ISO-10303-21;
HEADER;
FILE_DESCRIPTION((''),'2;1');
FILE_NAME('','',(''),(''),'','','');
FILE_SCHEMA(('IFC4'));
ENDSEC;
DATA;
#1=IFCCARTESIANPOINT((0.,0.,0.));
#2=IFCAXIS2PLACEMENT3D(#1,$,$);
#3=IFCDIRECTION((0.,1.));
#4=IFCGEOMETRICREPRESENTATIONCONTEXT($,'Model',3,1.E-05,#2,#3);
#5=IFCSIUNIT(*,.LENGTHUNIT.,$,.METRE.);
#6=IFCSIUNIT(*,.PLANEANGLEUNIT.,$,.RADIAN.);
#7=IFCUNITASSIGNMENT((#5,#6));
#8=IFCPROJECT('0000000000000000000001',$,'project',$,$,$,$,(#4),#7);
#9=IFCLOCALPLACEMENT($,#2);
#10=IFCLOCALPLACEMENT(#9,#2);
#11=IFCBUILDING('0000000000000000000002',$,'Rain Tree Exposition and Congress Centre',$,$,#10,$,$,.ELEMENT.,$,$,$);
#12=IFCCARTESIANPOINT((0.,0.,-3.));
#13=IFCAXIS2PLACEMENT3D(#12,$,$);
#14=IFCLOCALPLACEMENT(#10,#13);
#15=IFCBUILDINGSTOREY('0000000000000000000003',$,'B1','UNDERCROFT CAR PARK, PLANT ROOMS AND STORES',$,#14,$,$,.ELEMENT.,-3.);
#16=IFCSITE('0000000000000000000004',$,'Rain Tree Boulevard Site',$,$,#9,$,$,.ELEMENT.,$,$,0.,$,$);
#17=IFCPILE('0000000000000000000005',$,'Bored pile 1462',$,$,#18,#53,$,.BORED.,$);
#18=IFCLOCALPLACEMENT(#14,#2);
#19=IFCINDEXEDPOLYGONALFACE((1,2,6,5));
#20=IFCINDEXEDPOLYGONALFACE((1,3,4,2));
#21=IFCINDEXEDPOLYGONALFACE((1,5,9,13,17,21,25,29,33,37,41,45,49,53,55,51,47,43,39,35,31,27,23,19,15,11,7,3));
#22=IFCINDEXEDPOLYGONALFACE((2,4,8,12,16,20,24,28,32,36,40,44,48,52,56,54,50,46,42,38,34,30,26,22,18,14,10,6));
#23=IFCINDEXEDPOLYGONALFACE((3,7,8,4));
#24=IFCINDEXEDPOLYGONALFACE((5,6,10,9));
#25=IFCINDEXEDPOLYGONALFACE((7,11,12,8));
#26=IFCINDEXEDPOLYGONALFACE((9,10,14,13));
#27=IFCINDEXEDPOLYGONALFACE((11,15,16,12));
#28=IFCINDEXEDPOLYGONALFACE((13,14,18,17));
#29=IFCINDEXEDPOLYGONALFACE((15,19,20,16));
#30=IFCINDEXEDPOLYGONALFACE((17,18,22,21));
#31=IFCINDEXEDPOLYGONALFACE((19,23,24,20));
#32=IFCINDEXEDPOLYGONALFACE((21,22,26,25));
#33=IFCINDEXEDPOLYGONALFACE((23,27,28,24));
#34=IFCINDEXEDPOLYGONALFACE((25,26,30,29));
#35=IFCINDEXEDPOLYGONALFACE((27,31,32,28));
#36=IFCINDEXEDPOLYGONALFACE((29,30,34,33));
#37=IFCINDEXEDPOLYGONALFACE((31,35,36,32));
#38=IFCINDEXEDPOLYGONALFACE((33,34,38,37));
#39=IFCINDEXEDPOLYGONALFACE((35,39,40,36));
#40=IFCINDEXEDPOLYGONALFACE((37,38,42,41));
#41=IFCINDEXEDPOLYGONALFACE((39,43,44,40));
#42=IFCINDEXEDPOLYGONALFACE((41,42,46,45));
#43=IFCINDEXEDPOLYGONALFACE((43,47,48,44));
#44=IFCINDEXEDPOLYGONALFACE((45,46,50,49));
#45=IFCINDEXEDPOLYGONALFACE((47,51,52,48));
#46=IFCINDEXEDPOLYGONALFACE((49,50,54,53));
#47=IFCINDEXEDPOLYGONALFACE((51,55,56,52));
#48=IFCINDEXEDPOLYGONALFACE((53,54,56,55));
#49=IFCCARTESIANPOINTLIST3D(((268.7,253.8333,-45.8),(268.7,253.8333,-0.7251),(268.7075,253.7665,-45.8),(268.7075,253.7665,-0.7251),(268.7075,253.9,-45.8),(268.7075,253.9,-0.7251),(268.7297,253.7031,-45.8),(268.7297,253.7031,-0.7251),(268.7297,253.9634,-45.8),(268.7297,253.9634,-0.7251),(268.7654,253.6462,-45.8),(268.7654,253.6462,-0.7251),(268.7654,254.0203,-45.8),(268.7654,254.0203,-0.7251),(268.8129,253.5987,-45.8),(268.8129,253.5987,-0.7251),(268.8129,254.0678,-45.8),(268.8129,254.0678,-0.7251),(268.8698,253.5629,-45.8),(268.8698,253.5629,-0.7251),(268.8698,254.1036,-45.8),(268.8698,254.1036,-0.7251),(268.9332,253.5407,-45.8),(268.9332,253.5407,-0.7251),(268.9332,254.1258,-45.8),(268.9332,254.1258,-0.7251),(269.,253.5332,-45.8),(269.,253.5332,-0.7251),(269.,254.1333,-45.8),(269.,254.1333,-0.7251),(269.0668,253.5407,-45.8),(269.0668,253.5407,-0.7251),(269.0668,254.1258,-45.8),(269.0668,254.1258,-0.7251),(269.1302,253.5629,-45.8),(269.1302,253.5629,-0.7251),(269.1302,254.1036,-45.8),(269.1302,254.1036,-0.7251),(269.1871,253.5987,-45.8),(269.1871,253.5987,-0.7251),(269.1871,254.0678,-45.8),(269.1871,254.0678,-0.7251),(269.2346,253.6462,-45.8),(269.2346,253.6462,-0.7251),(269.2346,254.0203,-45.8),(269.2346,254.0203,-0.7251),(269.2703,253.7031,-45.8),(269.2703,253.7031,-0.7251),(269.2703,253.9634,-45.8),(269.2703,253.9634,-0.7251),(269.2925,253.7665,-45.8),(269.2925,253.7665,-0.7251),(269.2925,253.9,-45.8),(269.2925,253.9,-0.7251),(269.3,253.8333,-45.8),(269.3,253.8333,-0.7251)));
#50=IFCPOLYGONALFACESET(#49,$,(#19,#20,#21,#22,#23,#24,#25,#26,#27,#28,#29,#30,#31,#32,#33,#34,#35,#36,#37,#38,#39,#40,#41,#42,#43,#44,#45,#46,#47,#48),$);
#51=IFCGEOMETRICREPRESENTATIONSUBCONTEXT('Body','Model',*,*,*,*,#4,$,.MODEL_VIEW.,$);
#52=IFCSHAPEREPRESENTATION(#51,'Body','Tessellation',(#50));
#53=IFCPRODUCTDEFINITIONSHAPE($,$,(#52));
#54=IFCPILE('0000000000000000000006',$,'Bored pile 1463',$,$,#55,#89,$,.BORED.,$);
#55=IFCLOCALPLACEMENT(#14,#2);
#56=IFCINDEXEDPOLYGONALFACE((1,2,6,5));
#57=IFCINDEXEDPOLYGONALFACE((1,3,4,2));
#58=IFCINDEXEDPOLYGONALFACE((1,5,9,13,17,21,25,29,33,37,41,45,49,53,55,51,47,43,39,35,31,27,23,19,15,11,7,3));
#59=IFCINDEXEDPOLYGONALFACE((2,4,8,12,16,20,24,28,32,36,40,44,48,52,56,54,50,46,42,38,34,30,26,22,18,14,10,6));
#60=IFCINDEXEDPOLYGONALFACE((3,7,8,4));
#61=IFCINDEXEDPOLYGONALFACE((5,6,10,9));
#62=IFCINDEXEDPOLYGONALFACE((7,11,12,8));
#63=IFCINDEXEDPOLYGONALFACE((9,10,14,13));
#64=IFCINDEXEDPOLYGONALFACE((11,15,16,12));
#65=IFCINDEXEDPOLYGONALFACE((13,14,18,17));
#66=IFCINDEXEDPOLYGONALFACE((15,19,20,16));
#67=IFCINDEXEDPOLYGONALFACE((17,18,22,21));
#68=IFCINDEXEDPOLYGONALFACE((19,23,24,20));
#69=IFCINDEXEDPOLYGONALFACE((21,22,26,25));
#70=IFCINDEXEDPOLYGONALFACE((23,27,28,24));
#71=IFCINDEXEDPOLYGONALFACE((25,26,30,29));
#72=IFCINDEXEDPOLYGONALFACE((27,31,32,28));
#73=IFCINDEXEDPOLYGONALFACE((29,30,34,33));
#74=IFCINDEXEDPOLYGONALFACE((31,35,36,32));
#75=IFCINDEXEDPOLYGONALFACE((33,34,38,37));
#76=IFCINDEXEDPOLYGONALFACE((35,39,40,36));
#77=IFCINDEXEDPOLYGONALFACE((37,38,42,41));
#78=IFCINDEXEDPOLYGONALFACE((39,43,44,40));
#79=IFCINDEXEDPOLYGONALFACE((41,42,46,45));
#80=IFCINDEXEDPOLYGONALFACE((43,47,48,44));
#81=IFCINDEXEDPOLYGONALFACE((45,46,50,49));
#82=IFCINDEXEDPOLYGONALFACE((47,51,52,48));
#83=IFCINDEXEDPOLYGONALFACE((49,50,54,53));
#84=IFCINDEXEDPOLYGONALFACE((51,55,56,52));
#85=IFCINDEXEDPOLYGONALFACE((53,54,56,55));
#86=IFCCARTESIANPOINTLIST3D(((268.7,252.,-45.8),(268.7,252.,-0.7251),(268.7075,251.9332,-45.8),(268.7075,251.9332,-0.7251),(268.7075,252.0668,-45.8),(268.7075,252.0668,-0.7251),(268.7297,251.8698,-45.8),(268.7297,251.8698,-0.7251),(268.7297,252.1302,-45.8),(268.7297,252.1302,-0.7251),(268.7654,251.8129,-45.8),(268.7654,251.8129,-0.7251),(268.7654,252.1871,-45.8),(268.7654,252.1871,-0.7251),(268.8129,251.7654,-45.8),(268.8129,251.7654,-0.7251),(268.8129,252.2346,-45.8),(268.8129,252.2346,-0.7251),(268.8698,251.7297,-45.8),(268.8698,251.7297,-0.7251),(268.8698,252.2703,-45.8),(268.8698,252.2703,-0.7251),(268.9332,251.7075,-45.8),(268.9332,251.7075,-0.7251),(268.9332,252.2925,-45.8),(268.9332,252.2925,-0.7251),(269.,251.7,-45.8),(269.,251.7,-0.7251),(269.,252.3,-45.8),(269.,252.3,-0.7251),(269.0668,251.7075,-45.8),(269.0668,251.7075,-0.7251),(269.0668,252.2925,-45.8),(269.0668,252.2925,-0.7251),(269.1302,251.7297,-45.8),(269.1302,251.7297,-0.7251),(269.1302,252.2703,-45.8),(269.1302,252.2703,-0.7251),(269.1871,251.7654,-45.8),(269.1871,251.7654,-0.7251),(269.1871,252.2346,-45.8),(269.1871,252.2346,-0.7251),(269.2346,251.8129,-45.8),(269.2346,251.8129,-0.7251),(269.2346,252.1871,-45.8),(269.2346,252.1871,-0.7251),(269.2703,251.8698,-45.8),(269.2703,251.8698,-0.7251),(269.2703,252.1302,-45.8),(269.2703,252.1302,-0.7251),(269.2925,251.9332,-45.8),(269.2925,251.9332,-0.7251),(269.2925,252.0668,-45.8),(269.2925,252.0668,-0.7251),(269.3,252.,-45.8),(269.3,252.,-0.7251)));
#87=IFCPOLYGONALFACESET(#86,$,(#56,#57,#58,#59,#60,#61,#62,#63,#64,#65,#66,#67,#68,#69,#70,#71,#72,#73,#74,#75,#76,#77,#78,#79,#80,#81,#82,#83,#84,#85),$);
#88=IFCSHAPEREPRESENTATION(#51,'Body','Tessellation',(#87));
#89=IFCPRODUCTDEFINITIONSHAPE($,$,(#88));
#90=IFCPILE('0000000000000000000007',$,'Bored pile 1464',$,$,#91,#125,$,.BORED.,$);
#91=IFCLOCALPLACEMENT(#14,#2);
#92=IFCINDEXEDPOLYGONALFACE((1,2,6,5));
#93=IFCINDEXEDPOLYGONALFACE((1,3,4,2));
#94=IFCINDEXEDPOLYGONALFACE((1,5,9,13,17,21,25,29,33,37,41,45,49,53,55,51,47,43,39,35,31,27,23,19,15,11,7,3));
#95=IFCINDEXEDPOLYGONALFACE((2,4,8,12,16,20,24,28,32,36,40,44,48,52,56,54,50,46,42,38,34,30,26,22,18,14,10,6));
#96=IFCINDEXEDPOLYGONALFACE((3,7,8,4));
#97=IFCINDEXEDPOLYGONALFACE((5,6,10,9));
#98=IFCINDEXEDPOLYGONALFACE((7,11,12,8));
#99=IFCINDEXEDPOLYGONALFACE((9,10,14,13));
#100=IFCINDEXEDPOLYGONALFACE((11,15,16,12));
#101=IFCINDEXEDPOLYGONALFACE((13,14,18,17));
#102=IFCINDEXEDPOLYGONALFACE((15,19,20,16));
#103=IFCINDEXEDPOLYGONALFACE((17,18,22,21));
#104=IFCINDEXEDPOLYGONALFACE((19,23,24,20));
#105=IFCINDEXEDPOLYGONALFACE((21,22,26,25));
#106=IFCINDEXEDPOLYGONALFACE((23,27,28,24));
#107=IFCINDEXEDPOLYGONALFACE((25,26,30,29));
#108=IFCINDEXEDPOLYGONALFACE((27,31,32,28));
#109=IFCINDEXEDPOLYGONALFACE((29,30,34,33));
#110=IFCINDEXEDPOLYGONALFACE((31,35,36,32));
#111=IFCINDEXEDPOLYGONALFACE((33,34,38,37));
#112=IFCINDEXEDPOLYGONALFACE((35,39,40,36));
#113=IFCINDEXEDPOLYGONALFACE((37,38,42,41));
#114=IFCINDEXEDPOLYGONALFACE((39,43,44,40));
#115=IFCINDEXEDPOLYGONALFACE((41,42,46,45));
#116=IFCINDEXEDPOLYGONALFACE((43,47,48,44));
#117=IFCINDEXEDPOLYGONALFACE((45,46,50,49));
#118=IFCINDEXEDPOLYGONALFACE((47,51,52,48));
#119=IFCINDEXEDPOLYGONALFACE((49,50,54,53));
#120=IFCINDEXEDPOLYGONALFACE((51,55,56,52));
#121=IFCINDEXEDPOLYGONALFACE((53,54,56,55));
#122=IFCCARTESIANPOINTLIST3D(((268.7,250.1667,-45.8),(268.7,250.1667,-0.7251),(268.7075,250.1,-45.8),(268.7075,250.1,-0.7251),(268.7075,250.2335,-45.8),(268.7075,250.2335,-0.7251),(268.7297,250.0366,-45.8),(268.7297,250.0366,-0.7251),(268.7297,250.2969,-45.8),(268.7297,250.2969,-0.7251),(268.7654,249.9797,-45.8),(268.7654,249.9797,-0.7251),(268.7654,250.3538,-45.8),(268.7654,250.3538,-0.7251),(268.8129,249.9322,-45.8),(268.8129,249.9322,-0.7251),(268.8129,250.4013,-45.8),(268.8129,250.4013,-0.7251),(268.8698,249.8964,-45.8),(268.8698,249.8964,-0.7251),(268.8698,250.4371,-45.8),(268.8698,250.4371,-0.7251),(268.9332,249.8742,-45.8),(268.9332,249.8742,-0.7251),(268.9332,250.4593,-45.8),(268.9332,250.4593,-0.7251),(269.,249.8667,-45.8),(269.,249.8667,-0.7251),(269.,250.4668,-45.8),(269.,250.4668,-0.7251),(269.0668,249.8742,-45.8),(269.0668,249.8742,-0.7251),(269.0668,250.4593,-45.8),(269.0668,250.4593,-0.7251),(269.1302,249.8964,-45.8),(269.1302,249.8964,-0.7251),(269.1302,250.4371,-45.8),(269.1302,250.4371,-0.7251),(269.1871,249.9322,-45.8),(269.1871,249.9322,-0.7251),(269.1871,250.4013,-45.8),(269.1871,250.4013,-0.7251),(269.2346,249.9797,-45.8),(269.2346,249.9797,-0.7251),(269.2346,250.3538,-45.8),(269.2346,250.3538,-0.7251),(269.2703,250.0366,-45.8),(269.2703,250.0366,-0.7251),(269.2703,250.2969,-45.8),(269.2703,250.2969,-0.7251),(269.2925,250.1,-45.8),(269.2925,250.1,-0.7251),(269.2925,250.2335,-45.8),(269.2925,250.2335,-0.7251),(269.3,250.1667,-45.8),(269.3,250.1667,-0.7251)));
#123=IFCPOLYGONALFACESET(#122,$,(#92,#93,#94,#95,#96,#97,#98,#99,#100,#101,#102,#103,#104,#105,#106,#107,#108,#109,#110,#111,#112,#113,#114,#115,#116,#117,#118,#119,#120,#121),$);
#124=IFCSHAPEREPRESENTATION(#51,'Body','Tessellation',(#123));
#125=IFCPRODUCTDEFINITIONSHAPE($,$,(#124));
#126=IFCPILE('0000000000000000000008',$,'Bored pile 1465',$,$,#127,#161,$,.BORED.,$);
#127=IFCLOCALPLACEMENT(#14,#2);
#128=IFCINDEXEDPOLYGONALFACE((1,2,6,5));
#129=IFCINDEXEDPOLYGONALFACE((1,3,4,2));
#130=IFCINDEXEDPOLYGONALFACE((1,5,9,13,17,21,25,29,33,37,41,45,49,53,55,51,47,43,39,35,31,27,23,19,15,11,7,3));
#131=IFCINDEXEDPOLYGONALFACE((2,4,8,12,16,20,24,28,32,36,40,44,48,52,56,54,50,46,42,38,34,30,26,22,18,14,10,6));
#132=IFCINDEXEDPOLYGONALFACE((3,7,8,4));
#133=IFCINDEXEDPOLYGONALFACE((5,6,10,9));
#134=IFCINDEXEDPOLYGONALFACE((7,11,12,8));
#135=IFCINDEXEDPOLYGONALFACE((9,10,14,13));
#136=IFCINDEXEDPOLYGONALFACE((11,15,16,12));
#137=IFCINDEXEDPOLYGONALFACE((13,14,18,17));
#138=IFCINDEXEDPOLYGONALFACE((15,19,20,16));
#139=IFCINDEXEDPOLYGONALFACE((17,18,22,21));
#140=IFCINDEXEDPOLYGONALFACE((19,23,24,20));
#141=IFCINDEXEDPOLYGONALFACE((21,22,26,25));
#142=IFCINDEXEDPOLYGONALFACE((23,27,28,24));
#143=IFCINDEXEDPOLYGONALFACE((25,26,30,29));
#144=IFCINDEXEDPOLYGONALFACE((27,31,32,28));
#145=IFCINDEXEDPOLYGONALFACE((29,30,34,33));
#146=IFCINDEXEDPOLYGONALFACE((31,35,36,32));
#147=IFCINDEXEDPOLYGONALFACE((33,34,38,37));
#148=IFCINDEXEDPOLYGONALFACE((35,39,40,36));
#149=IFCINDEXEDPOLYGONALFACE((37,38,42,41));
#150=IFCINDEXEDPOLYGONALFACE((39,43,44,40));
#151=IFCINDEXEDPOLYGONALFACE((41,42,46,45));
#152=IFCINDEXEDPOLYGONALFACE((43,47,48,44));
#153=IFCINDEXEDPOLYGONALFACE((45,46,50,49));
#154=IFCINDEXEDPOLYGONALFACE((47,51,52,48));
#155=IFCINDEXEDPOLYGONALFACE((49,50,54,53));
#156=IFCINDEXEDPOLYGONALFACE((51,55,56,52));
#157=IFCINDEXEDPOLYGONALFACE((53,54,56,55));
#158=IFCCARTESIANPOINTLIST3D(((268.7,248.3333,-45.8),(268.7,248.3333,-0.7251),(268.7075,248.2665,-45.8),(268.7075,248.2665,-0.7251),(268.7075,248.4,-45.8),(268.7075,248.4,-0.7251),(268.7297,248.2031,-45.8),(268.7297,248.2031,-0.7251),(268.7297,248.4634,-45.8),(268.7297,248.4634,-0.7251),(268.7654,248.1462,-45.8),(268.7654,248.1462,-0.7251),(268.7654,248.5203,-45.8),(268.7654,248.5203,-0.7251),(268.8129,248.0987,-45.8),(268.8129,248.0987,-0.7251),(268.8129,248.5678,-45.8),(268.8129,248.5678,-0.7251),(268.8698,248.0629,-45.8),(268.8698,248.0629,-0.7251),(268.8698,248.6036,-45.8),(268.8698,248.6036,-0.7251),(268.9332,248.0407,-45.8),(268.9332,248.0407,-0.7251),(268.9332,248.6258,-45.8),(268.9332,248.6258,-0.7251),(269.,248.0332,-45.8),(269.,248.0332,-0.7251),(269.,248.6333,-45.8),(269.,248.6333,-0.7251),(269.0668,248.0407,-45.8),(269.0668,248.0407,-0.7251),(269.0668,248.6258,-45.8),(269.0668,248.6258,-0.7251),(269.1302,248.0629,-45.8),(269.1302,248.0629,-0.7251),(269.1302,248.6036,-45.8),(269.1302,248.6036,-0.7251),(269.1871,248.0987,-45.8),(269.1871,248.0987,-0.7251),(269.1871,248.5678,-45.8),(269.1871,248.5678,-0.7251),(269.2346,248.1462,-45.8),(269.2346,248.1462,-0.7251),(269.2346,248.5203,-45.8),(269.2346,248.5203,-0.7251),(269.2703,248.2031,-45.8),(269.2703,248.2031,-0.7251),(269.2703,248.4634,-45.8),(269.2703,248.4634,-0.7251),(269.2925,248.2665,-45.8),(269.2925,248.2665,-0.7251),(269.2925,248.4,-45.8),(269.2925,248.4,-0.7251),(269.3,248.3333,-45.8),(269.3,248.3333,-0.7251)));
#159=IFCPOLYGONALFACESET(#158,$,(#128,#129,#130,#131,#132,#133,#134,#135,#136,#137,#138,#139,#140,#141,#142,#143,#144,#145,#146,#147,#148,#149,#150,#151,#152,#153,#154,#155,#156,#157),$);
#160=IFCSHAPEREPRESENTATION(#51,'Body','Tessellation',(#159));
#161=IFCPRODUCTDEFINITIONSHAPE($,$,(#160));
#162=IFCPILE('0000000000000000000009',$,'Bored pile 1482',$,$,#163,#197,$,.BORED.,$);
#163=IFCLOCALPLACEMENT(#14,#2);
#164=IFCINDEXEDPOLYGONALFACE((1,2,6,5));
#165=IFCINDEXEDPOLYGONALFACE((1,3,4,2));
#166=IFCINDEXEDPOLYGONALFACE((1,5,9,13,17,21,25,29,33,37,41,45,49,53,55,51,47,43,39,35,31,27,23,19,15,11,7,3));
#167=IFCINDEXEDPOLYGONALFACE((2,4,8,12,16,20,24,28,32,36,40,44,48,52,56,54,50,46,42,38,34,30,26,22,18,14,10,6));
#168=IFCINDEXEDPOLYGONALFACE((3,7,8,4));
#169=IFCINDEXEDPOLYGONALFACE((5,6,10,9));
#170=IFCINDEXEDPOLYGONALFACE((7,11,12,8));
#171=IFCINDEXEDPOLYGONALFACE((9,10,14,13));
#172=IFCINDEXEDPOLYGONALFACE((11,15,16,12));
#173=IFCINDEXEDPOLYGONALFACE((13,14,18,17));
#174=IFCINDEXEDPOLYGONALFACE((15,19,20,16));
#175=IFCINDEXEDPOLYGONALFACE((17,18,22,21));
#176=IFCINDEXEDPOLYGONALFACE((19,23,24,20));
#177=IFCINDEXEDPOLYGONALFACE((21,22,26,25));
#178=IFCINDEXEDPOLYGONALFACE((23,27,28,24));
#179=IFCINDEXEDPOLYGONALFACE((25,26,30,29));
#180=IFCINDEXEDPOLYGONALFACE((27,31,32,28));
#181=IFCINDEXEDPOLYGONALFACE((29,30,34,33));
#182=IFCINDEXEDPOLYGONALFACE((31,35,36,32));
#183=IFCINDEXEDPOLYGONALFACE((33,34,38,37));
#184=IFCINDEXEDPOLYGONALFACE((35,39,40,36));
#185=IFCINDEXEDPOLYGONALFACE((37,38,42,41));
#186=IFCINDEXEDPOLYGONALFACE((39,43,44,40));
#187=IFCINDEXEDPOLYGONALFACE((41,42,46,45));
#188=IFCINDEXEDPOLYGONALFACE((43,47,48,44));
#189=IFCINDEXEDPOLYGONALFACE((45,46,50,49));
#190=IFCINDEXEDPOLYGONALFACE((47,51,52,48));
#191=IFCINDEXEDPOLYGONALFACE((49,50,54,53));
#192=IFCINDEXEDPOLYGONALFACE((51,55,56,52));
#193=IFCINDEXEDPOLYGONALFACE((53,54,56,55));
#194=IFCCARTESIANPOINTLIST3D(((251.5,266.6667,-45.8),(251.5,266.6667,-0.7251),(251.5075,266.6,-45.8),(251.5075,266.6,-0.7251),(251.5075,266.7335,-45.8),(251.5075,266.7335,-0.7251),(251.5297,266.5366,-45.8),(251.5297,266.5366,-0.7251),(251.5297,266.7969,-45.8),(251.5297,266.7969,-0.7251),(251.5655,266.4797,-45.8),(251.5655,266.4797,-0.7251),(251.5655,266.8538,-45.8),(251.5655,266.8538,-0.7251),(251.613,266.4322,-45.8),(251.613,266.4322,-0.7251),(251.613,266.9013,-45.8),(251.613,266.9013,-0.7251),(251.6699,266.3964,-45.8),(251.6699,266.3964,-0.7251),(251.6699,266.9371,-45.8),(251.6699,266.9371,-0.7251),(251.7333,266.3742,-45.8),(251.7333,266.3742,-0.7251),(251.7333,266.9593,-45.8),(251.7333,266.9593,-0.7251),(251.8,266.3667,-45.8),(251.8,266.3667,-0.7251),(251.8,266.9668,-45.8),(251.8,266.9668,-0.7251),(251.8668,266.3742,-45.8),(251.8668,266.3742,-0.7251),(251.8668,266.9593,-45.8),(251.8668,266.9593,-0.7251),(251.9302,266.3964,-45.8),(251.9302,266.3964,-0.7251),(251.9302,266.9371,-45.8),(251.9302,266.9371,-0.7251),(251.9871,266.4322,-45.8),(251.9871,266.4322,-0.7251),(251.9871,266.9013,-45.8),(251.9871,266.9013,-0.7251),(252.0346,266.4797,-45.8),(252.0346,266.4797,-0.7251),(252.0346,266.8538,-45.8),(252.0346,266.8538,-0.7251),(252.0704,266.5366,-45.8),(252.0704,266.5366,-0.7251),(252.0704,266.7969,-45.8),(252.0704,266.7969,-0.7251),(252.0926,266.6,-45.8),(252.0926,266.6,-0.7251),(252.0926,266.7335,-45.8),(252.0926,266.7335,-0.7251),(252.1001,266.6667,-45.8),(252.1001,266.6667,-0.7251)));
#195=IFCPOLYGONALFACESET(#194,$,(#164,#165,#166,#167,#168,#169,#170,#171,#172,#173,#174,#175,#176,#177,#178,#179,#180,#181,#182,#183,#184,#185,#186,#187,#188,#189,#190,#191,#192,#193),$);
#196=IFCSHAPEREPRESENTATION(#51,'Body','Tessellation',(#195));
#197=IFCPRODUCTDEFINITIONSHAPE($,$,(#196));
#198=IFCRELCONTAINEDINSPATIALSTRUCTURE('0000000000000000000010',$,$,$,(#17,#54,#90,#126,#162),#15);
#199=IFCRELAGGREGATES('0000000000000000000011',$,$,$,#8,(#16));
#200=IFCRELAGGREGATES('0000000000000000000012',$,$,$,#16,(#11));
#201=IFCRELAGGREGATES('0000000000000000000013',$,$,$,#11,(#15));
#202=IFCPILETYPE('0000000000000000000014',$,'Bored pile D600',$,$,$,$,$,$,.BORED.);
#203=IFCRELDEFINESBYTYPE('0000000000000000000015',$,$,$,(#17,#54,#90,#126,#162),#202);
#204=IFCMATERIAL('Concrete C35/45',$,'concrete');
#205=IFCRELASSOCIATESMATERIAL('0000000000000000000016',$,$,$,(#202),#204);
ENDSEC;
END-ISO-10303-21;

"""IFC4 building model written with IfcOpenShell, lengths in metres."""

from ifc_helpers import new_model, si_unit, direction, frame, origin, origin_2d, place, context, subcontext, project, spatial, circle, extrude, material, material_profile, profile_set, type_object, element, save


model = new_model("IFC4")

# Units and contexts
model_context = context("Model", 3, precision=1e-05, world=origin(), true_north=direction((0.0, 1.0)))
body_context = subcontext(model_context, "Body", "Model", "MODEL_VIEW")
ifc_project = project(units=[si_unit("LENGTHUNIT", "METRE"), si_unit("PLANEANGLEUNIT", "RADIAN")], contexts=[model_context])

# Site, building, storey
site_placement = place(None, origin())
site = spatial("IfcSite", under=ifc_project, at=site_placement, Name="Rain Tree Boulevard Site", CompositionType="ELEMENT", RefElevation=0.0)
building_placement = place(site_placement, origin())
building = spatial("IfcBuilding", under=site, at=building_placement, Name="Rain Tree Exposition and Congress Centre", CompositionType="ELEMENT")
storey_placement = place(building_placement, frame((0.0, 0.0, -3.0)))
storey = spatial("IfcBuildingStorey", under=building, at=storey_placement, Name="B1", Description="UNDERCROFT CAR PARK, PLANT ROOMS AND STORES", CompositionType="ELEMENT", Elevation=-3.0)

# Piles
ifc_material_1 = material(Name="Concrete C35/45", Category="concrete")
ifc_material_profile_1 = material_profile(ifc_material_1, circle(Radius=0.3, at=origin_2d()), Name="D600")
ifc_profile_set_1 = profile_set([ifc_material_profile_1], Name="Concrete C35/45")
pile_type_1 = type_object("IfcPileType", Name="Bored pile D600", PredefinedType="BORED", material=ifc_profile_set_1)
for number, where, z_axis, x_axis, name in (
    (1, (269.0, 253.8333, -0.7251), (0.0, 0.0, -1.0), (1.0, 0.0, 0.0), "Bored pile 1462"),
    (2, (269.0, 252.0, -0.7251), (0.0, 0.0, -1.0), (1.0, 0.0, 0.0), "Bored pile 1463"),
    (3, (269.0, 250.1667, -0.7251), (0.0, 0.0, -1.0), (1.0, 0.0, 0.0), "Bored pile 1464"),
    (4, (269.0, 248.3333, -0.7251), (0.0, 0.0, -1.0), (1.0, 0.0, 0.0), "Bored pile 1465"),
    (5, (251.8, 266.6667, -0.7251), (0.0, 0.0, -1.0), (1.0, 0.0, 0.0), "Bored pile 1482"),
):
    element("IfcPile", number, at=place(storey_placement, frame(where, z_axis=z_axis, x_axis=x_axis)), inside=storey, type_object=pile_type_1, Name=name, PredefinedType="BORED", context=body_context, shape_type="SweptSolid", body=[
        extrude(circle(Radius=0.3, at=origin_2d()), origin(), (0.0, 0.0, 1.0), 45.075),
    ])

save(model, "model.ifc")
